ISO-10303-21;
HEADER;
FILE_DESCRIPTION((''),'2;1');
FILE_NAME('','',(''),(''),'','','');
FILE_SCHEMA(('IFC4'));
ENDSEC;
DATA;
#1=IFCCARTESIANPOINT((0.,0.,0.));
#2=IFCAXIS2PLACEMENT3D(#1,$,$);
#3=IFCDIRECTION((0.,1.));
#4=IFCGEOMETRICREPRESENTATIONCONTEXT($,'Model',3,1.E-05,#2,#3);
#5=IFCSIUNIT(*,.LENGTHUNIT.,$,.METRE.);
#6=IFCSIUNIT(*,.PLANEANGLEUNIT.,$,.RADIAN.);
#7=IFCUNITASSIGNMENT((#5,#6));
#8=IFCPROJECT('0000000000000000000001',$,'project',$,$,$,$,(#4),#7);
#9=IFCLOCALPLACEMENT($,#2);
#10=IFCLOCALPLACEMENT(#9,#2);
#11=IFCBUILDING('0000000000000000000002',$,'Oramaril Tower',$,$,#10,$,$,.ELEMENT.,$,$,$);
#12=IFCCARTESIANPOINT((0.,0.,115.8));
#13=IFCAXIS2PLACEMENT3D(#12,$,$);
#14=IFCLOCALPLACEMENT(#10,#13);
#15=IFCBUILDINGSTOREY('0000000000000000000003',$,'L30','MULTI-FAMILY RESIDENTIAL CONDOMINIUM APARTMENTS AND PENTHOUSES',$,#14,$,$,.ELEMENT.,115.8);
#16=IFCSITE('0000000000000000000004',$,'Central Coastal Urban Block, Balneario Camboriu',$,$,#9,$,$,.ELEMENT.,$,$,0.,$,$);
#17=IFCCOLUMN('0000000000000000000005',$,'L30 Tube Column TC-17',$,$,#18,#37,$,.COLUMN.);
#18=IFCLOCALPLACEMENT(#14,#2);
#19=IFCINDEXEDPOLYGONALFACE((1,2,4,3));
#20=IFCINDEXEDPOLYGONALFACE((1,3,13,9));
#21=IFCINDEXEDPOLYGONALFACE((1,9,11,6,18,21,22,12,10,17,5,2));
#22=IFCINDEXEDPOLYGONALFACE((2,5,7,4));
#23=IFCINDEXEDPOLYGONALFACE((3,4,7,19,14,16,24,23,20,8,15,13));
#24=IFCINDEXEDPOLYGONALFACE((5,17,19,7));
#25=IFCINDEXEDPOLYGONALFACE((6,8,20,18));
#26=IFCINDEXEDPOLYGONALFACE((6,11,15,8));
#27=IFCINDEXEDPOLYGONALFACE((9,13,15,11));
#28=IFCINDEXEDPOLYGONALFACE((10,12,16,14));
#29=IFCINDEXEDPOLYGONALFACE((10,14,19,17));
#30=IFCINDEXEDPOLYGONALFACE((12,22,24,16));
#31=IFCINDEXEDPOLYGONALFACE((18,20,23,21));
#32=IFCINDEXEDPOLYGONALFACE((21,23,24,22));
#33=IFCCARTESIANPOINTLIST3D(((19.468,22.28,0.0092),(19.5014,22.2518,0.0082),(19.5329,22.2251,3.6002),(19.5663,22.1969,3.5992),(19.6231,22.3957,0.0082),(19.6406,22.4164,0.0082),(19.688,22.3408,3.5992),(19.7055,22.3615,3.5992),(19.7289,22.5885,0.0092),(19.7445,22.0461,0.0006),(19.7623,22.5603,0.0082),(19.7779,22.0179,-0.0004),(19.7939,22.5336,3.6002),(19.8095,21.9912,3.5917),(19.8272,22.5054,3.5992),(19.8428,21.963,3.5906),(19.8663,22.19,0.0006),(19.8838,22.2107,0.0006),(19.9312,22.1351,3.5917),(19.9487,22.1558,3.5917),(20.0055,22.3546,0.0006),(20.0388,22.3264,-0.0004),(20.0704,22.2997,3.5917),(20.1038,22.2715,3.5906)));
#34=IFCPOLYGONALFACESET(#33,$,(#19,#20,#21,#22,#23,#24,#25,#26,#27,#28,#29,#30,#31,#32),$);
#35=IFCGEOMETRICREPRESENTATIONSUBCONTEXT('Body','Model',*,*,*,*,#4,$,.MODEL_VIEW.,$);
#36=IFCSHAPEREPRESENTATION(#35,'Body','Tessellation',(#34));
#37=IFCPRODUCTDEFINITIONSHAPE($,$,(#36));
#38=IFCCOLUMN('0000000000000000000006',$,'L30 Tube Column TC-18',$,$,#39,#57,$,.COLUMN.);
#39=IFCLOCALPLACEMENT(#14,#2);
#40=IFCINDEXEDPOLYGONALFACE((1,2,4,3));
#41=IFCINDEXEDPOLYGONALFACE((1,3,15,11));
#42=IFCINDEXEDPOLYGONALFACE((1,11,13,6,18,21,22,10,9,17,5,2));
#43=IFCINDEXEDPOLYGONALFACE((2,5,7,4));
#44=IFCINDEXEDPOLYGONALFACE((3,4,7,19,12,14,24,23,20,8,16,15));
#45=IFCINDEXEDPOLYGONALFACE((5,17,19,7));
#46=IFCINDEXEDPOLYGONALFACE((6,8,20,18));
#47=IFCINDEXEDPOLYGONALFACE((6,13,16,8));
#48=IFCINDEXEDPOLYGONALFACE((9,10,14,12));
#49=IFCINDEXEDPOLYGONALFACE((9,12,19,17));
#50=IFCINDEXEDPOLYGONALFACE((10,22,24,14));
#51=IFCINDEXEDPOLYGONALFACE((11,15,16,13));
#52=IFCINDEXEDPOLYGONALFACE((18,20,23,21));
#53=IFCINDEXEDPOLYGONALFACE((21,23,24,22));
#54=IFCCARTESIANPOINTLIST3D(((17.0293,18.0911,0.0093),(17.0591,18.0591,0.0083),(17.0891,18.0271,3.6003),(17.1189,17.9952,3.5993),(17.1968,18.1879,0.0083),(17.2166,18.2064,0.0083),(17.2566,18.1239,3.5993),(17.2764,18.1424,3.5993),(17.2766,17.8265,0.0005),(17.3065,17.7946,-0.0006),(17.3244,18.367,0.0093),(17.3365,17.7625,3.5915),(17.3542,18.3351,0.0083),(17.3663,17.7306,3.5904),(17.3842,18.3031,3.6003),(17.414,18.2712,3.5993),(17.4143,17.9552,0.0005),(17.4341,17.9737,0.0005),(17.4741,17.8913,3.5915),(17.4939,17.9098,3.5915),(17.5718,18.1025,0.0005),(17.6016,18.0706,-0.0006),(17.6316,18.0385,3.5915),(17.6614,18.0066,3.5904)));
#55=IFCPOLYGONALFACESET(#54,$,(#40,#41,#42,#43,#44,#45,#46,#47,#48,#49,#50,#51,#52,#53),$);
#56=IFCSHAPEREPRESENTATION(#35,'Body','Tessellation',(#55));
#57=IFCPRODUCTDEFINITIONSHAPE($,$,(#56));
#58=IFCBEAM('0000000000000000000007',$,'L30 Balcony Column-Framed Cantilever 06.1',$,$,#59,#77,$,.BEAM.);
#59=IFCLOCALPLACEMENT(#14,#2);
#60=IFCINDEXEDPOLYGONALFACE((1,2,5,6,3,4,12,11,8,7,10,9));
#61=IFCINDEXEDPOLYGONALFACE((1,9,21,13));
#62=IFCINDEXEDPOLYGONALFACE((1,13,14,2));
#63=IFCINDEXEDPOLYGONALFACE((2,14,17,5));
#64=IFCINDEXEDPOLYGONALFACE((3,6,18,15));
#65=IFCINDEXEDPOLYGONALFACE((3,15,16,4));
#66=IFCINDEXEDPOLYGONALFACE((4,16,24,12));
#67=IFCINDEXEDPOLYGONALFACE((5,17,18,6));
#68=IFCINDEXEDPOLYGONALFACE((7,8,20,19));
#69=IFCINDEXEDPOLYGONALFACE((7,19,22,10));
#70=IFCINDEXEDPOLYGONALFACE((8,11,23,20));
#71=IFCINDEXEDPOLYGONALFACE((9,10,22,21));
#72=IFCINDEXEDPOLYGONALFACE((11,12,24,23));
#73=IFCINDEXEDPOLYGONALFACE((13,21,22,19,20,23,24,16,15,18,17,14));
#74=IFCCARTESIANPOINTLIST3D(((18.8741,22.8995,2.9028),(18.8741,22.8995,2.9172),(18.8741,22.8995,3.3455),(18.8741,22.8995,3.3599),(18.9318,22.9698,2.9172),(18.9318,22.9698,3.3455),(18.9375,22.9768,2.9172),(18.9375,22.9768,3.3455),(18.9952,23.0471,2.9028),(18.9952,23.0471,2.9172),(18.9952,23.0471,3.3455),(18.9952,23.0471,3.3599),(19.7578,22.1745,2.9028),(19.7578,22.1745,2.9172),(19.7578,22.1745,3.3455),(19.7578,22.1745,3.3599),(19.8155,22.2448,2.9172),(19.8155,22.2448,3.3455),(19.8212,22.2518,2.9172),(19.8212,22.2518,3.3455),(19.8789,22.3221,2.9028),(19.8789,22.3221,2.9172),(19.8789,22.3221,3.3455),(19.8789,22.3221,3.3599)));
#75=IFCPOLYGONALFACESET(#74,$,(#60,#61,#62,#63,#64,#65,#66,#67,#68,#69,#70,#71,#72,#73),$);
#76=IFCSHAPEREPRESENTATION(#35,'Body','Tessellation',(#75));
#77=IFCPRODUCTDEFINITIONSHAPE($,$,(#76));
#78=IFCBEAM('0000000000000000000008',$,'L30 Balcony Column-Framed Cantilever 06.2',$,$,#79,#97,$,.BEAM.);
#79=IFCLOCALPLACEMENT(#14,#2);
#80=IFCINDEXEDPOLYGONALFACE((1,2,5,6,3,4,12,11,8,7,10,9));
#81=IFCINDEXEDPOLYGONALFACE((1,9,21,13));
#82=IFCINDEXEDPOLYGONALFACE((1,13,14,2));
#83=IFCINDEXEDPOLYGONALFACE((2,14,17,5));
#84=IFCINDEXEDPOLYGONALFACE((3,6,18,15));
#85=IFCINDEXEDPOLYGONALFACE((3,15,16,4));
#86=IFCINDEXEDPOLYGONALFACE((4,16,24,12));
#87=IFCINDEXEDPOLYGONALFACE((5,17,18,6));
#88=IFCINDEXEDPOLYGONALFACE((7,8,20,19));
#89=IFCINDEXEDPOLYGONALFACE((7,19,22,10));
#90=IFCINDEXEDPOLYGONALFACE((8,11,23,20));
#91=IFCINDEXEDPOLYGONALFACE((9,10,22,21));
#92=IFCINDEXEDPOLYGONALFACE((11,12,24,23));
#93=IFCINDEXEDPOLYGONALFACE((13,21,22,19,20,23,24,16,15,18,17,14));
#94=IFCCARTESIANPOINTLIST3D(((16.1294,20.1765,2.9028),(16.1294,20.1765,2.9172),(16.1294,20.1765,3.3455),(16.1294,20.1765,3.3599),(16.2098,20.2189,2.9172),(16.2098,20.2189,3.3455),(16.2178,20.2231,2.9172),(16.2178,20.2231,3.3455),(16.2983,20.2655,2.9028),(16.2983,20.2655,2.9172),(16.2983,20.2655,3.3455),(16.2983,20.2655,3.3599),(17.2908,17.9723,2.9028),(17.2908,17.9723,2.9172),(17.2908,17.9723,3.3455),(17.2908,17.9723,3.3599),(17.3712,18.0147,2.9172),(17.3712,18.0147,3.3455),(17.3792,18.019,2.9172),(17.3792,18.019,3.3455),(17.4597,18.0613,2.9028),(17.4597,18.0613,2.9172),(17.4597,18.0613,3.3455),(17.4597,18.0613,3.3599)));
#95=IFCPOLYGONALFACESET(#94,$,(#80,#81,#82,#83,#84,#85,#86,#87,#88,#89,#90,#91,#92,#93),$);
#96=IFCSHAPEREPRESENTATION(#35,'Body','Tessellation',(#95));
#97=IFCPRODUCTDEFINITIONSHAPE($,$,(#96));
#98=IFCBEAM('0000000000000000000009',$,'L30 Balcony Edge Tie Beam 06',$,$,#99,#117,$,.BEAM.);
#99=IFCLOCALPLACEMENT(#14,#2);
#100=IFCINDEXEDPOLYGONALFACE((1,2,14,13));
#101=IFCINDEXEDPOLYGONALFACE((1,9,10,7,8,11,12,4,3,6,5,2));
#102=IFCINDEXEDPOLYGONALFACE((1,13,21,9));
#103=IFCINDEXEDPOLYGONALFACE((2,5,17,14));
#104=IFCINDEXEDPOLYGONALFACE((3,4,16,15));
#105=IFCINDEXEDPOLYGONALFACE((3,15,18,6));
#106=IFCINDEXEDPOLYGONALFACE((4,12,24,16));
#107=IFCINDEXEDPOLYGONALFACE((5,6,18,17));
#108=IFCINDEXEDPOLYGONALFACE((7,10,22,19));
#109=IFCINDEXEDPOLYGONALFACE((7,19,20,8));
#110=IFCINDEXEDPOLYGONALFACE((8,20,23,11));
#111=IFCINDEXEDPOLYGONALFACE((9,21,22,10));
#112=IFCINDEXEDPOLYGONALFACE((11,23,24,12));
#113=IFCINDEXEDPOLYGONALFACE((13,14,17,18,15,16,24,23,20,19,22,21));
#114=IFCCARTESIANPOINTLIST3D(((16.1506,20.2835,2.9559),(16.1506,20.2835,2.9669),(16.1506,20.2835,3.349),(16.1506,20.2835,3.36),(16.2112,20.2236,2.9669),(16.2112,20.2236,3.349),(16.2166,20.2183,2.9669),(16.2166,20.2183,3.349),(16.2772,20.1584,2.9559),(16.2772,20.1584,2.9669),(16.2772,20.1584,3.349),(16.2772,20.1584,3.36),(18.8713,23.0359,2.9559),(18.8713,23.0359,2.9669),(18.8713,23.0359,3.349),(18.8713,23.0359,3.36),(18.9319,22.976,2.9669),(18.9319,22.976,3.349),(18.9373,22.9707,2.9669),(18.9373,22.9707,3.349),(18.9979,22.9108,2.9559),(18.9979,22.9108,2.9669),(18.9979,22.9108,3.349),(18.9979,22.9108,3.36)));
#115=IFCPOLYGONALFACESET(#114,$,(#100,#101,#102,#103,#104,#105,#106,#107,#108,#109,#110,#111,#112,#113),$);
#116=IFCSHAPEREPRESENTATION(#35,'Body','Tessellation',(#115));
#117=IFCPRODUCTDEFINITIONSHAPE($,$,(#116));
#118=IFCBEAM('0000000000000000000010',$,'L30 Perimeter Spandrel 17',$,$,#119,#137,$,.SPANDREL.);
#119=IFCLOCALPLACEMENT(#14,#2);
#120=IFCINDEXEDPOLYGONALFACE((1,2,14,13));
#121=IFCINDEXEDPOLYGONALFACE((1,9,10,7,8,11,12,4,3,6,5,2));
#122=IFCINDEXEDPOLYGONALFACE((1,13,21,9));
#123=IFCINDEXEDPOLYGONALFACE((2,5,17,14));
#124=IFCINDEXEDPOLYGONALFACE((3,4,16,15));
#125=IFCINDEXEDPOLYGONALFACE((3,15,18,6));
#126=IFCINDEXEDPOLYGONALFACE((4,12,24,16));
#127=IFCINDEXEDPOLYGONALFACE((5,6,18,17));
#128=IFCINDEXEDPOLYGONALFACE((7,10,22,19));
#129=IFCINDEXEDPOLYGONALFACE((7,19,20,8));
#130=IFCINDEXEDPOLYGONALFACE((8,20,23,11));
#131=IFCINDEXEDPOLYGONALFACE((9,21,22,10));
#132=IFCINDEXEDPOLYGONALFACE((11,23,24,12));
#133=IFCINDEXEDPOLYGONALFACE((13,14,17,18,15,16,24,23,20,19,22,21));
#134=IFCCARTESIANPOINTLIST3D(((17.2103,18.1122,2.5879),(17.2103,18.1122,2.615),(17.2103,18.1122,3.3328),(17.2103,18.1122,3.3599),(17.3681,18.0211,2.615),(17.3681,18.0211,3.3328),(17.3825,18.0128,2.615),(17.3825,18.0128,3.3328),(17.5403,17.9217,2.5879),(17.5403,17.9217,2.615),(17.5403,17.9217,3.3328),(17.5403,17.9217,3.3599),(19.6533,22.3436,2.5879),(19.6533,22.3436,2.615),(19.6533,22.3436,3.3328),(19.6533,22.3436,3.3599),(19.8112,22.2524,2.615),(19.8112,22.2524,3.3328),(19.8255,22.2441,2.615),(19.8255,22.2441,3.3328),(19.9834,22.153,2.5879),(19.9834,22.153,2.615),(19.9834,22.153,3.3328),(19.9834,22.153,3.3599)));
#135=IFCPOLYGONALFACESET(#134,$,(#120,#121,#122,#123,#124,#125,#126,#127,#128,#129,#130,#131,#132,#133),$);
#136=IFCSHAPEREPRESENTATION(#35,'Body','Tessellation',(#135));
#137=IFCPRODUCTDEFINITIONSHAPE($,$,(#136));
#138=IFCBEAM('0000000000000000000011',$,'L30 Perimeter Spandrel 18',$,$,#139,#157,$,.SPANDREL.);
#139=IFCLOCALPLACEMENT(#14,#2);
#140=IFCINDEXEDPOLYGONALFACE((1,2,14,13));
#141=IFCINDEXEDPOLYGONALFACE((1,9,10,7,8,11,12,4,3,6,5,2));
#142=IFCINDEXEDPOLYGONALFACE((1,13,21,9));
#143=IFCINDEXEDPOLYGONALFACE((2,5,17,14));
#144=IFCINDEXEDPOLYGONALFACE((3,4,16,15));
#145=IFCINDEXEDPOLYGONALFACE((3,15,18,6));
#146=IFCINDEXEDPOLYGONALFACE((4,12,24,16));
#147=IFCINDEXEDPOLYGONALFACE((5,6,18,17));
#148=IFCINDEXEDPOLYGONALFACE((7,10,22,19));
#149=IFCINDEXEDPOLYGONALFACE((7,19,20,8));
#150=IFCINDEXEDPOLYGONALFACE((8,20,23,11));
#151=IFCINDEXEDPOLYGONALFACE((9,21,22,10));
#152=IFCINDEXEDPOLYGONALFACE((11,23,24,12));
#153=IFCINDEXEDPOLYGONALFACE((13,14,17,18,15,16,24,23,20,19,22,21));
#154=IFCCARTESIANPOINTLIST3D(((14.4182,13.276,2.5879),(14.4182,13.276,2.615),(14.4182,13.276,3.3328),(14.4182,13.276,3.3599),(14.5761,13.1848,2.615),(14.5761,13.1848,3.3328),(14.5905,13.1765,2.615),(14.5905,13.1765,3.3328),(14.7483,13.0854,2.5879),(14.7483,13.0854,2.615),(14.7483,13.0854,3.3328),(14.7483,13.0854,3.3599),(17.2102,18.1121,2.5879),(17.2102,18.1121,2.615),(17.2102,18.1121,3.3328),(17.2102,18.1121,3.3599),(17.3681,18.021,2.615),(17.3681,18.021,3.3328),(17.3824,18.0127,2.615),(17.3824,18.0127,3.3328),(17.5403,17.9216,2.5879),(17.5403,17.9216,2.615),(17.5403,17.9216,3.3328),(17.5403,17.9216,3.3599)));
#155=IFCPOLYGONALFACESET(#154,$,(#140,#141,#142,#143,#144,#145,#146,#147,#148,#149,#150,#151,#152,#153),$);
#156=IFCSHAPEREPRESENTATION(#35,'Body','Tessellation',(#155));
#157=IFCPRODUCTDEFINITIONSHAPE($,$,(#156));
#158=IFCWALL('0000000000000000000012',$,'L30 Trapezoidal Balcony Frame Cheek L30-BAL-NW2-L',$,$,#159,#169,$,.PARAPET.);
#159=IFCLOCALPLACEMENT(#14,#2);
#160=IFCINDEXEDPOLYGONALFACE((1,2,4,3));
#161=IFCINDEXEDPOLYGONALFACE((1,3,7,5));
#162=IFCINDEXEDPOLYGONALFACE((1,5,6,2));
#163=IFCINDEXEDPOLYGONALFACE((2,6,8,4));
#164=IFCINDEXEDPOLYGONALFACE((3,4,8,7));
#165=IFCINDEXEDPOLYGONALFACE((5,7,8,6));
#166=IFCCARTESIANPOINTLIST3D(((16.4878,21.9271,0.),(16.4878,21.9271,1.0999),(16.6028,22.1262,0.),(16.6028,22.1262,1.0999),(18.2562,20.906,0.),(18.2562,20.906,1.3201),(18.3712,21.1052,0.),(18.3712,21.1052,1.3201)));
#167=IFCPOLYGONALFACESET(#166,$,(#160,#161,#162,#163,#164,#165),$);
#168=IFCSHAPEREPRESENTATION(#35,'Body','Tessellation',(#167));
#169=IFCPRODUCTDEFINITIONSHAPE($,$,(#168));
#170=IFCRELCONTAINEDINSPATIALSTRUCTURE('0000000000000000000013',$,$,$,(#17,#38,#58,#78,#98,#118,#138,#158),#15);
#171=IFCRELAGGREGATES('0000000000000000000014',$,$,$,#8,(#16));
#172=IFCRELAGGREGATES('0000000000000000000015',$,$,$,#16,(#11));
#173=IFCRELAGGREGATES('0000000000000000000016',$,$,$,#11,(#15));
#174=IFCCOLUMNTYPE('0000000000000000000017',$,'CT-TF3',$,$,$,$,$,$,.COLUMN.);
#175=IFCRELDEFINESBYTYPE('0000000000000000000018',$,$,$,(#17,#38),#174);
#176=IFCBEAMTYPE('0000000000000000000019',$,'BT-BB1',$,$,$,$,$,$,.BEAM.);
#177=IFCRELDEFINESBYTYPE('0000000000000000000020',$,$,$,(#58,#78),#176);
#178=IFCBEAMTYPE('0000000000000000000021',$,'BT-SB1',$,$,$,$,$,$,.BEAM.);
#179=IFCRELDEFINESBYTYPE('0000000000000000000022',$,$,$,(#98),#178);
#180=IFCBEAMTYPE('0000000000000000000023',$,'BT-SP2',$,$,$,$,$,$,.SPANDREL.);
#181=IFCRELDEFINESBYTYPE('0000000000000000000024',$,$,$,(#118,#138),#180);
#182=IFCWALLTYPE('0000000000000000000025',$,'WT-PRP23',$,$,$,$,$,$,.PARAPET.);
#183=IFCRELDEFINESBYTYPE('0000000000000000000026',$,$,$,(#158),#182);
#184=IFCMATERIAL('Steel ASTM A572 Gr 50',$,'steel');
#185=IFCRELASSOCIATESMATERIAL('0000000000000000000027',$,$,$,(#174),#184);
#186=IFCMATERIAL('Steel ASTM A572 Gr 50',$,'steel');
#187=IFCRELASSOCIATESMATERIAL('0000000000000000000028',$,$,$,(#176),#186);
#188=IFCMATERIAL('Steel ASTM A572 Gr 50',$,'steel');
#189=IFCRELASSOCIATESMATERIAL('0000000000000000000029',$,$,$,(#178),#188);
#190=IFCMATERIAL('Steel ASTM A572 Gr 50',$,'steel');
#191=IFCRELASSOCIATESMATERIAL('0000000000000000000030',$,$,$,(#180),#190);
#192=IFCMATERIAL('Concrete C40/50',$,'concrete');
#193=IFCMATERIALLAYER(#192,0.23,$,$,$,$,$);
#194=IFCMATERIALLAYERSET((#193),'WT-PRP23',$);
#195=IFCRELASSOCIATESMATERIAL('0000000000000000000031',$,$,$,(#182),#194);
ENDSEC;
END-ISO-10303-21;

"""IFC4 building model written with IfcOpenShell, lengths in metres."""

from ifc_helpers import new_model, si_unit, direction, frame, origin, origin_2d, place, context, subcontext, project, spatial, polyline, i_section, outline, extrude, material, layer, layer_set, material_profile, profile_set, type_object, element, save


model = new_model("IFC4")

# Units and contexts
model_context = context("Model", 3, precision=1e-05, world=origin(), true_north=direction((0.0, 1.0)))
body_context = subcontext(model_context, "Body", "Model", "MODEL_VIEW")
ifc_project = project(units=[si_unit("LENGTHUNIT", "METRE"), si_unit("PLANEANGLEUNIT", "RADIAN")], contexts=[model_context])

# Site, building, storey
site_placement = place(None, origin())
site = spatial("IfcSite", under=ifc_project, at=site_placement, Name="Central Coastal Urban Block, Balneario Camboriu", CompositionType="ELEMENT", RefElevation=0.0)
building_placement = place(site_placement, origin())
building = spatial("IfcBuilding", under=site, at=building_placement, Name="Oramaril Tower", CompositionType="ELEMENT")
storey_placement = place(building_placement, frame((0.0, 0.0, 115.8)))
storey = spatial("IfcBuildingStorey", under=building, at=storey_placement, Name="L30", Description="MULTI-FAMILY RESIDENTIAL CONDOMINIUM APARTMENTS AND PENTHOUSES", CompositionType="ELEMENT", Elevation=115.8)

# Columns
ifc_material_1 = material(Name="Steel ASTM A572 Gr 50", Category="steel")
ifc_material_profile_1 = material_profile(ifc_material_1, i_section(OverallWidth=0.4041, OverallDepth=0.406, WebThickness=0.0271, FlangeThickness=0.0437, at=origin_2d()), Name="W14X233")
ifc_profile_set_1 = profile_set([ifc_material_profile_1], Name="Steel ASTM A572 Gr 50")
column_type = type_object("IfcColumnType", Name="CT-TF3", PredefinedType="COLUMN", material=ifc_profile_set_1)
for number, where, z_axis, x_axis, name in (
    (1, (19.7534, 22.3032, 0.0044), (0.018079, -0.015292, 0.99972), (0.645814, 0.763495, 0.0), "L30 Tube Column TC-17"),
    (2, (17.3154, 18.0808, 0.0044), (0.016652, -0.017807, 0.999703), (0.730406, 0.683013, 0.0), "L30 Tube Column TC-18"),
):
    element("IfcColumn", number, at=place(storey_placement, frame(where, z_axis=z_axis, x_axis=x_axis)), inside=storey, type_object=column_type, Name=name, PredefinedType="COLUMN", context=body_context, shape_type="SweptSolid", body=[
        extrude(i_section(OverallWidth=0.4041, OverallDepth=0.406, WebThickness=0.0271, FlangeThickness=0.0437, at=origin_2d()), origin(), (0.0, 0.0, 1.0), 3.592),
    ])

# Beams
ifc_material_2 = material(Name="Steel ASTM A572 Gr 50", Category="steel")
ifc_material_profile_2 = material_profile(ifc_material_2, i_section(OverallWidth=0.1909, OverallDepth=0.457, WebThickness=0.009, FlangeThickness=0.0144, at=origin_2d()), Name="W18X50")
ifc_profile_set_2 = profile_set([ifc_material_profile_2], Name="Steel ASTM A572 Gr 50")
beam_type_1 = type_object("IfcBeamType", Name="BT-BB1", PredefinedType="BEAM", material=ifc_profile_set_2)
beam_1_placement = place(storey_placement, frame((19.8184, 22.2483, 3.1313), z_axis=(-0.7731, 0.634284, 0.0), x_axis=(-0.634284, -0.7731, 0.0)))
element("IfcBeam", 3, at=beam_1_placement, inside=storey, type_object=beam_type_1, Name="L30 Balcony Column-Framed Cantilever 06.1", PredefinedType="BEAM", context=body_context, shape_type="SweptSolid", body=[
    extrude(i_section(OverallWidth=0.1909, OverallDepth=0.457, WebThickness=0.009, FlangeThickness=0.0144, at=origin_2d()), origin(), (0.0, 0.0, 1.0), 1.1431),
])
beam_2_placement = place(storey_placement, frame((17.3752, 18.0168, 3.1313), z_axis=(-0.466162, 0.884699, 0.0), x_axis=(-0.884699, -0.466162, 0.0)))
element("IfcBeam", 4, at=beam_2_placement, inside=storey, type_object=beam_type_1, Name="L30 Balcony Column-Framed Cantilever 06.2", PredefinedType="BEAM", context=body_context, shape_type="SweptSolid", body=[
    extrude(i_section(OverallWidth=0.1909, OverallDepth=0.457, WebThickness=0.009, FlangeThickness=0.0144, at=origin_2d()), origin(), (0.0, 0.0, 1.0), 2.4915),
])
ifc_material_3 = material(Name="Steel ASTM A572 Gr 50", Category="steel")
ifc_material_profile_3 = material_profile(ifc_material_3, i_section(OverallWidth=0.178, OverallDepth=0.4041, WebThickness=0.0076, FlangeThickness=0.011, at=origin_2d()), Name="W16X36")
ifc_profile_set_3 = profile_set([ifc_material_profile_3], Name="Steel ASTM A572 Gr 50")
beam_type_2 = type_object("IfcBeamType", Name="BT-SB1", PredefinedType="BEAM", material=ifc_profile_set_3)
beam_3_placement = place(storey_placement, frame((18.9346, 22.9734, 3.158), z_axis=(-0.702995, -0.711195, 0.0), x_axis=(0.711195, -0.702995, 0.0)))
element("IfcBeam", 5, at=beam_3_placement, inside=storey, type_object=beam_type_2, Name="L30 Balcony Edge Tie Beam 06", PredefinedType="BEAM", context=body_context, shape_type="SweptSolid", body=[
    extrude(i_section(OverallWidth=0.178, OverallDepth=0.4041, WebThickness=0.0076, FlangeThickness=0.011, at=origin_2d()), origin(), (0.0, 0.0, 1.0), 3.8701),
])
ifc_material_4 = material(Name="Steel ASTM A572 Gr 50", Category="steel")
ifc_material_profile_4 = material_profile(ifc_material_4, i_section(OverallWidth=0.3811, OverallDepth=0.772, WebThickness=0.0166, FlangeThickness=0.0271, at=origin_2d()), Name="W30X173")
ifc_profile_set_4 = profile_set([ifc_material_profile_4], Name="Steel ASTM A572 Gr 50")
beam_type_3 = type_object("IfcBeamType", Name="BT-SP2", PredefinedType="SPANDREL", material=ifc_profile_set_4)
beam_4_placement = place(storey_placement, frame((19.8184, 22.2483, 2.9739), z_axis=(-0.500014, -0.866018, 0.0), x_axis=(0.866018, -0.500014, 0.0)))
element("IfcBeam", 6, at=beam_4_placement, inside=storey, type_object=beam_type_3, Name="L30 Perimeter Spandrel 17", PredefinedType="SPANDREL", context=body_context, shape_type="SweptSolid", body=[
    extrude(i_section(OverallWidth=0.3811, OverallDepth=0.772, WebThickness=0.0166, FlangeThickness=0.0271, at=origin_2d()), origin(), (0.0, 0.0, 1.0), 4.886),
])
beam_5_placement = place(storey_placement, frame((17.3752, 18.0168, 2.9739), z_axis=(-0.499976, -0.866039, 0.0), x_axis=(0.866039, -0.499976, 0.0)))
element("IfcBeam", 7, at=beam_5_placement, inside=storey, type_object=beam_type_3, Name="L30 Perimeter Spandrel 18", PredefinedType="SPANDREL", context=body_context, shape_type="SweptSolid", body=[
    extrude(i_section(OverallWidth=0.3811, OverallDepth=0.772, WebThickness=0.0166, FlangeThickness=0.0271, at=origin_2d()), origin(), (0.0, 0.0, 1.0), 5.5842),
])

# Wall
ifc_material_5 = material(Name="Concrete C40/50", Category="concrete")
ifc_layer_1 = layer(ifc_material_5, 0.23)
ifc_layer_set_1 = layer_set([ifc_layer_1], Name="WT-PRP23")
wall_type_1 = type_object("IfcWallType", Name="WT-PRP23", PredefinedType="PARAPET", material=ifc_layer_set_1)
wall_1_placement = place(storey_placement, frame((18.3137, 21.0056, 0.0), z_axis=(0.0, 0.0, 1.0), x_axis=(-0.866012, 0.500023, 0.0)))
element("IfcWall", 8, at=wall_1_placement, inside=storey, type_object=wall_type_1, Name="L30 Trapezoidal Balcony Frame Cheek L30-BAL-NW2-L", PredefinedType="PARAPET", context=body_context, shape_type="SweptSolid", body=[
    extrude(outline(polyline([(0.0, 0.0), (2.042, 0.0), (2.042, 1.0999), (0.0, 1.3201), (0.0, 0.0)])), frame((0.0, 0.115, 0.0), z_axis=(0.0, -1.0, 0.0), x_axis=(1.0, 0.0, 0.0)), (0.0, 0.0, 1.0), 0.23),
])

save(model, "model.ifc")
